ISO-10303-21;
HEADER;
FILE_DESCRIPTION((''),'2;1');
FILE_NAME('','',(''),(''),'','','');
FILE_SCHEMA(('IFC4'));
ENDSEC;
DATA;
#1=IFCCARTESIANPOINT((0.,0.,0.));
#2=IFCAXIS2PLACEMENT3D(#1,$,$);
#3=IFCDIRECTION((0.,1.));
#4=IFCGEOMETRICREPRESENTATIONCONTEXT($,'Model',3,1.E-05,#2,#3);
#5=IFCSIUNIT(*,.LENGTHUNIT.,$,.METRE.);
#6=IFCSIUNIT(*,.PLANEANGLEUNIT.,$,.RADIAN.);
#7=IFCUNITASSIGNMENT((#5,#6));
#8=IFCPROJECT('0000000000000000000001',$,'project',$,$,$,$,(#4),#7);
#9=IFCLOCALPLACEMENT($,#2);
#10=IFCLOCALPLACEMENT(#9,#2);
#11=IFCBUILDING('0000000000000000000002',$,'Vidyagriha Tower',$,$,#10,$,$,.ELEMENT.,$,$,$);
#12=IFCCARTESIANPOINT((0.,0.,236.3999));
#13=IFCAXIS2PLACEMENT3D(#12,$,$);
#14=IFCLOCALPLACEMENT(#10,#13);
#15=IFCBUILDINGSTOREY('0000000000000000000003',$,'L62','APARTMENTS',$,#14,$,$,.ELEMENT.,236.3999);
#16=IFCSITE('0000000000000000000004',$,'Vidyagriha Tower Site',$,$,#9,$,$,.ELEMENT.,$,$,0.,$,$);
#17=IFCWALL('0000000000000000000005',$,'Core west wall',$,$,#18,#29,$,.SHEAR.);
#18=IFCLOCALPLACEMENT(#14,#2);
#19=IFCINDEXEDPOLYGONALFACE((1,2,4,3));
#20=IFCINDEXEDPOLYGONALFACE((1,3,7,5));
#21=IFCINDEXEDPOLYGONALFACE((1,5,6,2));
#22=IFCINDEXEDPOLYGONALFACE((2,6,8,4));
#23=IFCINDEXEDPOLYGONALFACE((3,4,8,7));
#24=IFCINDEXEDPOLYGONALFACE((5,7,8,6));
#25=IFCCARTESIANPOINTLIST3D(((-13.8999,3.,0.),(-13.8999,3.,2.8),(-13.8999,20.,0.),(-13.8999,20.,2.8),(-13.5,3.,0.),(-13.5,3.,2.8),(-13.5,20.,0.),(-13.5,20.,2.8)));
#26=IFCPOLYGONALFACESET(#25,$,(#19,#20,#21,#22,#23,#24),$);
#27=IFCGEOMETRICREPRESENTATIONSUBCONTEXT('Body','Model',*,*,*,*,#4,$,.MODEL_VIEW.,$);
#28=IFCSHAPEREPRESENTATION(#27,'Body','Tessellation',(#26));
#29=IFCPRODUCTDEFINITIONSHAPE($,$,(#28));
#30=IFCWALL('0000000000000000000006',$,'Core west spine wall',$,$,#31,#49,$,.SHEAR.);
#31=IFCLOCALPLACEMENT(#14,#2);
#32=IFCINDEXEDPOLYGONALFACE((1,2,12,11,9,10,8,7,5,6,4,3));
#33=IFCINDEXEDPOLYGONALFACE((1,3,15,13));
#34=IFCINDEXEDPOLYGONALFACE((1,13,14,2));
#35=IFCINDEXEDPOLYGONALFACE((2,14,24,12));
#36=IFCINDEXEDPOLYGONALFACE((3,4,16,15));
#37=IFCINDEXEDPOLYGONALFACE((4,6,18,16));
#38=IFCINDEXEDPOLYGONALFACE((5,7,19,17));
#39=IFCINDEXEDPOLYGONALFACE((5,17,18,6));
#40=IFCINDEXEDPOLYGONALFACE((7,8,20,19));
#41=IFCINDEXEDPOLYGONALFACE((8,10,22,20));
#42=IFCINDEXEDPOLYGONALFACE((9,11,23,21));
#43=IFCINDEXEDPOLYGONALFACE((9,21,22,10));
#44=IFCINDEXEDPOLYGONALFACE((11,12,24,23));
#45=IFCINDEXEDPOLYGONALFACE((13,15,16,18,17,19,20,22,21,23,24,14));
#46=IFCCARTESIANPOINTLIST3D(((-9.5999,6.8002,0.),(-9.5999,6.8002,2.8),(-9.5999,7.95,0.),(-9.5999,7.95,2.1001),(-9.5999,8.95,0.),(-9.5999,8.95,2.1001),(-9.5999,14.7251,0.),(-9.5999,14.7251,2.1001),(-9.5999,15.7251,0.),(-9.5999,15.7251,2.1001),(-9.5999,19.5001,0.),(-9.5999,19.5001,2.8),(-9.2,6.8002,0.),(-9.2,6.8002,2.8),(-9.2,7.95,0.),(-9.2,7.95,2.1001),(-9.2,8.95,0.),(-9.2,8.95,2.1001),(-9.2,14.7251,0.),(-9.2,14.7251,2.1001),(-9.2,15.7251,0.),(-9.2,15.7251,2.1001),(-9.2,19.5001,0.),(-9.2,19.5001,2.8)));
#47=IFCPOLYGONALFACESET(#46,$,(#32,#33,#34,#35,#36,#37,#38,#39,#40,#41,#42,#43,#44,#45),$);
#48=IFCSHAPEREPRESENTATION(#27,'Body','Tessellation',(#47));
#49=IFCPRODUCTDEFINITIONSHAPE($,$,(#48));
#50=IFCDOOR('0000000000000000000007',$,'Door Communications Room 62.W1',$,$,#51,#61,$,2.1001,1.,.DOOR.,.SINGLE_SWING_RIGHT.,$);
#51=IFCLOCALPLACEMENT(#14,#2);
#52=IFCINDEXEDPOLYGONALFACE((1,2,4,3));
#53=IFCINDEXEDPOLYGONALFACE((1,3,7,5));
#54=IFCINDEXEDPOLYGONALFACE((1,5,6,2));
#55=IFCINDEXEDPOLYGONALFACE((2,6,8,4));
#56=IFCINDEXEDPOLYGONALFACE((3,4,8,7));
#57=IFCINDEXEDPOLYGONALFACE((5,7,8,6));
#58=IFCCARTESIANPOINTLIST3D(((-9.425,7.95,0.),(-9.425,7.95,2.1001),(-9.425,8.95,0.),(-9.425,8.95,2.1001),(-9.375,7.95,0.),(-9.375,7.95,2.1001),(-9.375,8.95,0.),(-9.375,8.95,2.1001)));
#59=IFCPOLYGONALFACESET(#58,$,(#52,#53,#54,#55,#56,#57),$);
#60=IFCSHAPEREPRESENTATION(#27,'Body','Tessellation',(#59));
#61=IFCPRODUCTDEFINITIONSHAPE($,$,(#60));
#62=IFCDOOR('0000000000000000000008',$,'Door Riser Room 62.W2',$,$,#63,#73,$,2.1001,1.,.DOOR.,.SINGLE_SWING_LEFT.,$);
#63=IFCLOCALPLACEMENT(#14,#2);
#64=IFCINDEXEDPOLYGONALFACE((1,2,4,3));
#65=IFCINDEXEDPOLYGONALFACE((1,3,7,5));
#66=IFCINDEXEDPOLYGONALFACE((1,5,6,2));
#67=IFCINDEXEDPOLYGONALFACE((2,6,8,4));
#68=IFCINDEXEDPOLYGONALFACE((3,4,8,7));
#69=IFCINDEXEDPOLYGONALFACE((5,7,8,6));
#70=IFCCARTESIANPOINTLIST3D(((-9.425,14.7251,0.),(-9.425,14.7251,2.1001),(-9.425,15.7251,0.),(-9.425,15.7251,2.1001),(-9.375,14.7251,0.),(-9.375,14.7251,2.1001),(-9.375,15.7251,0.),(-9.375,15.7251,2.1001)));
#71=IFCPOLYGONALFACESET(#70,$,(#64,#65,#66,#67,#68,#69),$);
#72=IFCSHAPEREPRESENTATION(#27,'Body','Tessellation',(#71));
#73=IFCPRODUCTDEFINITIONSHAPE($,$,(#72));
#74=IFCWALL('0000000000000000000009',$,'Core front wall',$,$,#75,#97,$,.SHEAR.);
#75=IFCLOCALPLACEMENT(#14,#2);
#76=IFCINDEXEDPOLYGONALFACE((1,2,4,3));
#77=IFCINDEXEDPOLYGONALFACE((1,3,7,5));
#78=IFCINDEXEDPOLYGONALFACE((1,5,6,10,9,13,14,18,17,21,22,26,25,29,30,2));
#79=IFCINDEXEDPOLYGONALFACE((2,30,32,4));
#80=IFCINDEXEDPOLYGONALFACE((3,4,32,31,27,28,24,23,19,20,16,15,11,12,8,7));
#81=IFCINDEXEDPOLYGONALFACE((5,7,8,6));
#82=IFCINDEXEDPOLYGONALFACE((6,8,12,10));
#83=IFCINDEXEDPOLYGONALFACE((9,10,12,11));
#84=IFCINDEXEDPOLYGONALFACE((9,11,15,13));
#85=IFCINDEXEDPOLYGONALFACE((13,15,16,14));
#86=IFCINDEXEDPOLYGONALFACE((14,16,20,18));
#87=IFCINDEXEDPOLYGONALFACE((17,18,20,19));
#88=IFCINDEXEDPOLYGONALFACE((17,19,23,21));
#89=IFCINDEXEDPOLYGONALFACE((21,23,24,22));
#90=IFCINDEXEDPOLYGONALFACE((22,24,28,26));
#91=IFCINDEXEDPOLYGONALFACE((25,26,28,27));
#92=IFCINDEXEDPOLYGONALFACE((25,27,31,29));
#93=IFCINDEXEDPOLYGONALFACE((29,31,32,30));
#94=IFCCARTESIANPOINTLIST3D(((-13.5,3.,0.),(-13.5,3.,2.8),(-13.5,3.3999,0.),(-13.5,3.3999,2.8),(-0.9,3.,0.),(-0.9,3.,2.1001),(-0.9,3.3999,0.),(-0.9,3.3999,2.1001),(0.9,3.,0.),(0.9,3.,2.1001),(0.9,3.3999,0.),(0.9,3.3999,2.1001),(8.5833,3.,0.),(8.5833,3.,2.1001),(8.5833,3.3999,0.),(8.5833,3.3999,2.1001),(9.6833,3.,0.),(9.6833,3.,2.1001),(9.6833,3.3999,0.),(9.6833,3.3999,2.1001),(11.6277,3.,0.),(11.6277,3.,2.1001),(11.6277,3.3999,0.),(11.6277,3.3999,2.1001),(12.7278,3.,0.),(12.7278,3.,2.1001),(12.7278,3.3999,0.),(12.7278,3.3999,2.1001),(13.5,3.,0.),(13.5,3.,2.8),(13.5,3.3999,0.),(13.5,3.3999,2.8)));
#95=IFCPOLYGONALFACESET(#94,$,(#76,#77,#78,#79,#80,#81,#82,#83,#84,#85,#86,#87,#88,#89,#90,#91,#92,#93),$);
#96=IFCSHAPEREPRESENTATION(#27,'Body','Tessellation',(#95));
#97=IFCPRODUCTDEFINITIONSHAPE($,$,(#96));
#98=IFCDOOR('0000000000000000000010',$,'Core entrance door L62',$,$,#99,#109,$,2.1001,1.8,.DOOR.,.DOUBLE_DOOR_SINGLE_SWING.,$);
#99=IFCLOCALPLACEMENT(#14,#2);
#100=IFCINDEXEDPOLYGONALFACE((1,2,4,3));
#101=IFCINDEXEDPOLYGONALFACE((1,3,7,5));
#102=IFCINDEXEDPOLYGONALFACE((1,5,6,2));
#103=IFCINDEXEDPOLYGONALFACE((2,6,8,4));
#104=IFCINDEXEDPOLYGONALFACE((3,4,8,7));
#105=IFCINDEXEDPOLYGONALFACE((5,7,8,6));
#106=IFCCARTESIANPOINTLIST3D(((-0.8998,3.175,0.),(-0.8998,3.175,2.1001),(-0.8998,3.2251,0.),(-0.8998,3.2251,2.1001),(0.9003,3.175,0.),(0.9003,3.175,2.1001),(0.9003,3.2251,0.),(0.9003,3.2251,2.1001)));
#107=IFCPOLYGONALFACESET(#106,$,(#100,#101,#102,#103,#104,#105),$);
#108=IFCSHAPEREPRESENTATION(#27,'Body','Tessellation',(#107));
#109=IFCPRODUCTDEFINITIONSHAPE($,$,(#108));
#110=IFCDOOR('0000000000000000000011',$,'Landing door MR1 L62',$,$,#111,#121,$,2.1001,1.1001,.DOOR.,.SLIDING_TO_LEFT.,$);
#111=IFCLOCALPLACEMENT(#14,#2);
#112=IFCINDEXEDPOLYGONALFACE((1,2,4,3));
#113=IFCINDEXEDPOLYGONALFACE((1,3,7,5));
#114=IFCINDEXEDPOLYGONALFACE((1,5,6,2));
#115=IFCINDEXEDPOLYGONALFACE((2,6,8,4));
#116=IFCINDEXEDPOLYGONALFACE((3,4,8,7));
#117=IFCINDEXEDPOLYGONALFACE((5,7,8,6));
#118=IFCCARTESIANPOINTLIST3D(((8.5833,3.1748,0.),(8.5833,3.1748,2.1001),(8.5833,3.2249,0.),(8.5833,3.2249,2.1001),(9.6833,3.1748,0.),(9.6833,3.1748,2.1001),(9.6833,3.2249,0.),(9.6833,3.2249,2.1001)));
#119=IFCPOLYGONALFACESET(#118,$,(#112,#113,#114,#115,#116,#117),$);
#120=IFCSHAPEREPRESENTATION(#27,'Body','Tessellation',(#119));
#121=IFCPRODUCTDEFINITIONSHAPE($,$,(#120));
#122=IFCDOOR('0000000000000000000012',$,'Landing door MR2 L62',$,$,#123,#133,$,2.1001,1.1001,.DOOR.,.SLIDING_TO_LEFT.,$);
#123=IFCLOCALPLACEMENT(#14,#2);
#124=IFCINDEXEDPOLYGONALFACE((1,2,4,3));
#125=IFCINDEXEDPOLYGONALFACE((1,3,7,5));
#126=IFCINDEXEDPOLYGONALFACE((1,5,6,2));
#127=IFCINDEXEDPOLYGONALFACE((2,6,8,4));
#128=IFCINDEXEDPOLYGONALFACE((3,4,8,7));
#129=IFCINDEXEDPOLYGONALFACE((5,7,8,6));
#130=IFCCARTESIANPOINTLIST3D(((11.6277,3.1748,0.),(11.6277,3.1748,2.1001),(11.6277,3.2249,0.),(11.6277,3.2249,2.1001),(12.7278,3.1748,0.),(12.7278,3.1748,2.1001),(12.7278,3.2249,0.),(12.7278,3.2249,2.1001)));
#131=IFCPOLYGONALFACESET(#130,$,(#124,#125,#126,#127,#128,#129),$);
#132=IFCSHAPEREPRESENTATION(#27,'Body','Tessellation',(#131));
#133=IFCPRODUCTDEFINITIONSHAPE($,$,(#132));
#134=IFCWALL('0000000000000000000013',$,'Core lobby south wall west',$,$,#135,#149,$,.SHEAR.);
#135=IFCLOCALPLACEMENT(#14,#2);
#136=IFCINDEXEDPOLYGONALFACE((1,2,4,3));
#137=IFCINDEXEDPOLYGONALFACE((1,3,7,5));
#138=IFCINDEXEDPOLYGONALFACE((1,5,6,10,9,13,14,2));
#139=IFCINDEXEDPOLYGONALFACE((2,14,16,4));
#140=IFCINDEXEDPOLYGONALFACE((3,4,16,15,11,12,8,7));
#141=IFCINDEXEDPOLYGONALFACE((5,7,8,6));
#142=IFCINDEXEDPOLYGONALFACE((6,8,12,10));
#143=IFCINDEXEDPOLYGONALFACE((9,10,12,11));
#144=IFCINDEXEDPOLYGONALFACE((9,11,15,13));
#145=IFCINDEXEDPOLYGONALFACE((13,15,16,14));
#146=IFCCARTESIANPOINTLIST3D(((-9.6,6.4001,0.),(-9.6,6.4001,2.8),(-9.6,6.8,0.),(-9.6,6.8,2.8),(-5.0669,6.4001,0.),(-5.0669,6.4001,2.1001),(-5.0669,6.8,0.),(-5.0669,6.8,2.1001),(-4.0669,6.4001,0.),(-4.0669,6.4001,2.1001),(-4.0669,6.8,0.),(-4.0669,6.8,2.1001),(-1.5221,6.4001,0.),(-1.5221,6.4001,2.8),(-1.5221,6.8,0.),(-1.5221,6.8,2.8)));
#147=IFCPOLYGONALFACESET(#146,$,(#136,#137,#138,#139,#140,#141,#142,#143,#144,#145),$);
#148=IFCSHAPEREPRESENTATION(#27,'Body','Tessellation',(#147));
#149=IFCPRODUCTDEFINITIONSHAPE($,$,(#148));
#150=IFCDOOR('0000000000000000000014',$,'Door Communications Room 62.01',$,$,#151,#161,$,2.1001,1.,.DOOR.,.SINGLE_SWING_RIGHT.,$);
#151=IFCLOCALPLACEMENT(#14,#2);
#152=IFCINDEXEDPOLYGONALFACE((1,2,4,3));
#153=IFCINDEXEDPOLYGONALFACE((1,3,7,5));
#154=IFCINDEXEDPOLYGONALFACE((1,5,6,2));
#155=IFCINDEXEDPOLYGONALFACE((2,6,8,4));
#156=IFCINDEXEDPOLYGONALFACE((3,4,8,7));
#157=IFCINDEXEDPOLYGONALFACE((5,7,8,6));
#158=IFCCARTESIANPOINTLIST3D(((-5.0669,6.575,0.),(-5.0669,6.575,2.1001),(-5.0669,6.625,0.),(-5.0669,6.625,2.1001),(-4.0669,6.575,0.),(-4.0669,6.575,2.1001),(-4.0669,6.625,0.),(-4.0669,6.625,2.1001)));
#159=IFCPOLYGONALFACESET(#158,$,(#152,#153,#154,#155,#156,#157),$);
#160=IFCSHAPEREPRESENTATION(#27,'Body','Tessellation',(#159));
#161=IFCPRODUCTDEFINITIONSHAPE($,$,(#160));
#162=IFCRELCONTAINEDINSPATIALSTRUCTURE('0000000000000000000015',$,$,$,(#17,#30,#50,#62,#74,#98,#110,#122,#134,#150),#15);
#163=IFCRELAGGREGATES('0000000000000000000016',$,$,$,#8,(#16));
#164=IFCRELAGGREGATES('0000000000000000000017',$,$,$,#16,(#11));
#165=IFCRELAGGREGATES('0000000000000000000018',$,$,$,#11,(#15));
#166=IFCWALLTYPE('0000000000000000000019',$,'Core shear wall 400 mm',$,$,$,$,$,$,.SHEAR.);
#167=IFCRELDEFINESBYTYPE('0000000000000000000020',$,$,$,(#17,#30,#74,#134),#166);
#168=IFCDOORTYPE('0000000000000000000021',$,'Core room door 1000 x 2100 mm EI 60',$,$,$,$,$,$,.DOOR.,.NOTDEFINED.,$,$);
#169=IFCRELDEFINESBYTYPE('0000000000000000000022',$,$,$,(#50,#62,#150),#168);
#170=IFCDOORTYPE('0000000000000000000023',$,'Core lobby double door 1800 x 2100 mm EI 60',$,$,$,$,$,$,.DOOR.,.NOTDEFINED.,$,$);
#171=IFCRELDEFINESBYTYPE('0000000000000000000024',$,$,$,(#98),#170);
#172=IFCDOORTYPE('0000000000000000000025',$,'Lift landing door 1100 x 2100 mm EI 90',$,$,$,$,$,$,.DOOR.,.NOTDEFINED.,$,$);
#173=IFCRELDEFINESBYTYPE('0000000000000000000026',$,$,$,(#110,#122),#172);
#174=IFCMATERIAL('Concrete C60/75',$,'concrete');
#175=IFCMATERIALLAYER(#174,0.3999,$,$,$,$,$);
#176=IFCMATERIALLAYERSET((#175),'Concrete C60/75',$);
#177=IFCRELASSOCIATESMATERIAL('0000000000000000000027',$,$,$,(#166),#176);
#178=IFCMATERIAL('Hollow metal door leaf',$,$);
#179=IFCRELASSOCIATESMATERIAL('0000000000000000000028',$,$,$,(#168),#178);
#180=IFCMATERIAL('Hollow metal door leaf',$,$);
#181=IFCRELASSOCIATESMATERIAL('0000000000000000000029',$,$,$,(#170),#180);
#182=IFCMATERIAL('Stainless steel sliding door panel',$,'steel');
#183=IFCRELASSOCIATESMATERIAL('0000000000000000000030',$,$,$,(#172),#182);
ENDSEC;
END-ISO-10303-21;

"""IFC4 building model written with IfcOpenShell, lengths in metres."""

from ifc_helpers import new_model, si_unit, direction, frame, frame_2d, origin, place, context, subcontext, project, spatial, rectangle, extrude, material, layer, layer_set, type_object, element, fill, save


model = new_model("IFC4")

# Units and contexts
model_context = context("Model", 3, precision=1e-05, world=origin(), true_north=direction((0.0, 1.0)))
body_context = subcontext(model_context, "Body", "Model", "MODEL_VIEW")
ifc_project = project(units=[si_unit("LENGTHUNIT", "METRE"), si_unit("PLANEANGLEUNIT", "RADIAN")], contexts=[model_context])

# Site, building, storey
site_placement = place(None, origin())
site = spatial("IfcSite", under=ifc_project, at=site_placement, Name="Vidyagriha Tower Site", CompositionType="ELEMENT", RefElevation=0.0)
building_placement = place(site_placement, origin())
building = spatial("IfcBuilding", under=site, at=building_placement, Name="Vidyagriha Tower", CompositionType="ELEMENT")
storey_placement = place(building_placement, frame((0.0, 0.0, 236.3999)))
storey = spatial("IfcBuildingStorey", under=building, at=storey_placement, Name="L62", Description="APARTMENTS", CompositionType="ELEMENT", Elevation=236.3999)

# Wall
ifc_material_1 = material(Name="Concrete C60/75", Category="concrete")
ifc_layer_1 = layer(ifc_material_1, 0.3999)
ifc_layer_set_1 = layer_set([ifc_layer_1], Name="Concrete C60/75")
wall_type_1 = type_object("IfcWallType", Name="Core shear wall 400 mm", PredefinedType="SHEAR", material=ifc_layer_set_1)
wall_1_placement = place(storey_placement, frame((-13.7, 3.0, 0.0), z_axis=(0.0, 0.0, 1.0), x_axis=(0.0, 1.0, 0.0)))
element("IfcWall", 1, at=wall_1_placement, inside=storey, type_object=wall_type_1, Name="Core west wall", PredefinedType="SHEAR", context=body_context, shape_type="SweptSolid", body=[
    extrude(rectangle(XDim=17.0, YDim=0.3999, at=frame_2d((8.5, 0.0))), origin(), (0.0, 0.0, 1.0), 2.8),
])

# Walls, openings, doors
wall_2_placement = place(storey_placement, frame((-9.3999, 6.8, 0.0), z_axis=(0.0, 0.0, 1.0), x_axis=(0.0, 1.0, 0.0)))
wall_2 = element("IfcWall", 2, at=wall_2_placement, inside=storey, type_object=wall_type_1, Name="Core west spine wall", PredefinedType="SHEAR", context=body_context, shape_type="SweptSolid", body=[
    extrude(rectangle(XDim=12.7, YDim=0.3999, at=frame_2d((6.3501, 0.0))), origin(), (0.0, 0.0, 1.0), 2.8),
])
opening_1_placement = place(wall_2_placement, frame((1.1499, 0.0, 0.0)))
opening_1 = element("IfcOpeningElement", 3, at=opening_1_placement, cuts=wall_2, PredefinedType="OPENING", context=body_context, shape_type="SweptSolid", body=[
    extrude(rectangle(XDim=1.0, YDim=2.1001, at=frame_2d((0.5, 1.05))), frame((0.0, 0.21, 0.0), z_axis=(0.0, -1.0, 0.0), x_axis=(1.0, 0.0, 0.0)), (0.0, 0.0, 1.0), 0.4199),
])
opening_2_placement = place(wall_2_placement, frame((7.925, 0.0, 0.0)))
opening_2 = element("IfcOpeningElement", 4, at=opening_2_placement, cuts=wall_2, PredefinedType="OPENING", context=body_context, shape_type="SweptSolid", body=[
    extrude(rectangle(XDim=1.0, YDim=2.1001, at=frame_2d((0.5, 1.05))), frame((0.0, 0.21, 0.0), z_axis=(0.0, -1.0, 0.0), x_axis=(1.0, 0.0, 0.0)), (0.0, 0.0, 1.0), 0.4199),
])
ifc_material_2 = material(Name="Hollow metal door leaf")
door_type_1 = type_object("IfcDoorType", Name="Core room door 1000 x 2100 mm EI 60", OperationType="NOTDEFINED", PredefinedType="DOOR", material=ifc_material_2)
door_1_placement = place(opening_1_placement, frame((1.0, 0.0, 0.0), z_axis=(0.0, 0.0, 1.0), x_axis=(-1.0, 0.0, 0.0)))
door_1 = element("IfcDoor", 5, at=door_1_placement, inside=storey, type_object=door_type_1, Name="Door Communications Room 62.W1", OperationType="SINGLE_SWING_RIGHT", OverallHeight=2.1001, OverallWidth=1.0, PredefinedType="DOOR", context=body_context, shape_type="SweptSolid", body=[
    extrude(rectangle(XDim=1.0, YDim=2.1001, at=frame_2d((0.5, 1.05))), frame((0.0, 0.0249, 0.0), z_axis=(0.0, -1.0, 0.0), x_axis=(1.0, 0.0, 0.0)), (0.0, 0.0, 1.0), 0.05),
])
fill(opening_1, door_1)
door_2_placement = place(opening_2_placement, frame((1.0, 0.0, 0.0), z_axis=(0.0, 0.0, 1.0), x_axis=(-1.0, 0.0, 0.0)))
door_2 = element("IfcDoor", 6, at=door_2_placement, inside=storey, type_object=door_type_1, Name="Door Riser Room 62.W2", OperationType="SINGLE_SWING_LEFT", OverallHeight=2.1001, OverallWidth=1.0, PredefinedType="DOOR", context=body_context, shape_type="SweptSolid", body=[
    extrude(rectangle(XDim=1.0, YDim=2.1001, at=frame_2d((0.5, 1.05))), frame((0.0, 0.0249, 0.0), z_axis=(0.0, -1.0, 0.0), x_axis=(1.0, 0.0, 0.0)), (0.0, 0.0, 1.0), 0.05),
])
fill(opening_2, door_2)
wall_3_placement = place(storey_placement, frame((-13.5, 3.2, 0.0)))
wall_3 = element("IfcWall", 7, at=wall_3_placement, inside=storey, type_object=wall_type_1, Name="Core front wall", PredefinedType="SHEAR", context=body_context, shape_type="SweptSolid", body=[
    extrude(rectangle(XDim=27.0, YDim=0.3999, at=frame_2d((13.5, 0.0))), origin(), (0.0, 0.0, 1.0), 2.8),
])
opening_3_placement = place(wall_3_placement, frame((22.0833, 0.0, 0.0)))
opening_3 = element("IfcOpeningElement", 8, at=opening_3_placement, cuts=wall_3, PredefinedType="OPENING", context=body_context, shape_type="SweptSolid", body=[
    extrude(rectangle(XDim=1.1001, YDim=2.1001, at=frame_2d((0.55, 1.05))), frame((0.0, 0.21, 0.0), z_axis=(0.0, -1.0, 0.0), x_axis=(1.0, 0.0, 0.0)), (0.0, 0.0, 1.0), 0.4199),
])
opening_4_placement = place(wall_3_placement, frame((25.1277, 0.0, 0.0)))
opening_4 = element("IfcOpeningElement", 9, at=opening_4_placement, cuts=wall_3, PredefinedType="OPENING", context=body_context, shape_type="SweptSolid", body=[
    extrude(rectangle(XDim=1.1001, YDim=2.1001, at=frame_2d((0.55, 1.05))), frame((0.0, 0.21, 0.0), z_axis=(0.0, -1.0, 0.0), x_axis=(1.0, 0.0, 0.0)), (0.0, 0.0, 1.0), 0.4199),
])
opening_5_placement = place(wall_3_placement, frame((12.6001, 0.0, 0.0)))
opening_5 = element("IfcOpeningElement", 10, at=opening_5_placement, cuts=wall_3, PredefinedType="OPENING", context=body_context, shape_type="SweptSolid", body=[
    extrude(rectangle(XDim=1.8, YDim=2.1001, at=frame_2d((0.8999, 1.05))), frame((0.0, 0.21, 0.0), z_axis=(0.0, -1.0, 0.0), x_axis=(1.0, 0.0, 0.0)), (0.0, 0.0, 1.0), 0.4199),
])
ifc_material_3 = material(Name="Hollow metal door leaf")
door_type_2 = type_object("IfcDoorType", Name="Core lobby double door 1800 x 2100 mm EI 60", OperationType="NOTDEFINED", PredefinedType="DOOR", material=ifc_material_3)
door_3_placement = place(opening_5_placement, frame((1.8, 0.0, 0.0), z_axis=(0.0, 0.0, 1.0), x_axis=(-1.0, 0.0, 0.0)))
door_3 = element("IfcDoor", 11, at=door_3_placement, inside=storey, type_object=door_type_2, Name="Core entrance door L62", OperationType="DOUBLE_DOOR_SINGLE_SWING", OverallHeight=2.1001, OverallWidth=1.8, PredefinedType="DOOR", context=body_context, shape_type="SweptSolid", body=[
    extrude(rectangle(XDim=1.8, YDim=2.1001, at=frame_2d((0.8999, 1.05))), frame((0.0, 0.0249, 0.0), z_axis=(0.0, -1.0, 0.0), x_axis=(1.0, 0.0, 0.0)), (0.0, 0.0, 1.0), 0.05),
])
fill(opening_5, door_3)
ifc_material_4 = material(Name="Stainless steel sliding door panel", Category="steel")
door_type_3 = type_object("IfcDoorType", Name="Lift landing door 1100 x 2100 mm EI 90", OperationType="NOTDEFINED", PredefinedType="DOOR", material=ifc_material_4)
door_4_placement = place(opening_3_placement, origin())
door_4 = element("IfcDoor", 12, at=door_4_placement, inside=storey, type_object=door_type_3, Name="Landing door MR1 L62", OperationType="SLIDING_TO_LEFT", OverallHeight=2.1001, OverallWidth=1.1001, PredefinedType="DOOR", context=body_context, shape_type="SweptSolid", body=[
    extrude(rectangle(XDim=1.1001, YDim=2.1001, at=frame_2d((0.55, 1.05))), frame((0.0, 0.0249, 0.0), z_axis=(0.0, -1.0, 0.0), x_axis=(1.0, 0.0, 0.0)), (0.0, 0.0, 1.0), 0.05),
])
fill(opening_3, door_4)
door_5_placement = place(opening_4_placement, origin())
door_5 = element("IfcDoor", 13, at=door_5_placement, inside=storey, type_object=door_type_3, Name="Landing door MR2 L62", OperationType="SLIDING_TO_LEFT", OverallHeight=2.1001, OverallWidth=1.1001, PredefinedType="DOOR", context=body_context, shape_type="SweptSolid", body=[
    extrude(rectangle(XDim=1.1001, YDim=2.1001, at=frame_2d((0.55, 1.05))), frame((0.0, 0.0249, 0.0), z_axis=(0.0, -1.0, 0.0), x_axis=(1.0, 0.0, 0.0)), (0.0, 0.0, 1.0), 0.05),
])
fill(opening_4, door_5)

# Wall, opening, door
wall_4_placement = place(storey_placement, frame((-9.6001, 6.6001, 0.0)))
wall_4 = element("IfcWall", 14, at=wall_4_placement, inside=storey, type_object=wall_type_1, Name="Core lobby south wall west", PredefinedType="SHEAR", context=body_context, shape_type="SweptSolid", body=[
    extrude(rectangle(XDim=8.0779, YDim=0.3999, at=frame_2d((4.0391, 0.0))), origin(), (0.0, 0.0, 1.0), 2.8),
])
opening_6_placement = place(wall_4_placement, frame((4.5332, 0.0, 0.0)))
opening_6 = element("IfcOpeningElement", 15, at=opening_6_placement, cuts=wall_4, PredefinedType="OPENING", context=body_context, shape_type="SweptSolid", body=[
    extrude(rectangle(XDim=1.0, YDim=2.1001, at=frame_2d((0.5, 1.05))), frame((0.0, 0.21, 0.0), z_axis=(0.0, -1.0, 0.0), x_axis=(1.0, 0.0, 0.0)), (0.0, 0.0, 1.0), 0.4199),
])
door_6_placement = place(opening_6_placement, origin())
door_6 = element("IfcDoor", 16, at=door_6_placement, inside=storey, type_object=door_type_1, Name="Door Communications Room 62.01", OperationType="SINGLE_SWING_RIGHT", OverallHeight=2.1001, OverallWidth=1.0, PredefinedType="DOOR", context=body_context, shape_type="SweptSolid", body=[
    extrude(rectangle(XDim=1.0, YDim=2.1001, at=frame_2d((0.5, 1.05))), frame((0.0, 0.0249, 0.0), z_axis=(0.0, -1.0, 0.0), x_axis=(1.0, 0.0, 0.0)), (0.0, 0.0, 1.0), 0.05),
])
fill(opening_6, door_6)

save(model, "model.ifc")
